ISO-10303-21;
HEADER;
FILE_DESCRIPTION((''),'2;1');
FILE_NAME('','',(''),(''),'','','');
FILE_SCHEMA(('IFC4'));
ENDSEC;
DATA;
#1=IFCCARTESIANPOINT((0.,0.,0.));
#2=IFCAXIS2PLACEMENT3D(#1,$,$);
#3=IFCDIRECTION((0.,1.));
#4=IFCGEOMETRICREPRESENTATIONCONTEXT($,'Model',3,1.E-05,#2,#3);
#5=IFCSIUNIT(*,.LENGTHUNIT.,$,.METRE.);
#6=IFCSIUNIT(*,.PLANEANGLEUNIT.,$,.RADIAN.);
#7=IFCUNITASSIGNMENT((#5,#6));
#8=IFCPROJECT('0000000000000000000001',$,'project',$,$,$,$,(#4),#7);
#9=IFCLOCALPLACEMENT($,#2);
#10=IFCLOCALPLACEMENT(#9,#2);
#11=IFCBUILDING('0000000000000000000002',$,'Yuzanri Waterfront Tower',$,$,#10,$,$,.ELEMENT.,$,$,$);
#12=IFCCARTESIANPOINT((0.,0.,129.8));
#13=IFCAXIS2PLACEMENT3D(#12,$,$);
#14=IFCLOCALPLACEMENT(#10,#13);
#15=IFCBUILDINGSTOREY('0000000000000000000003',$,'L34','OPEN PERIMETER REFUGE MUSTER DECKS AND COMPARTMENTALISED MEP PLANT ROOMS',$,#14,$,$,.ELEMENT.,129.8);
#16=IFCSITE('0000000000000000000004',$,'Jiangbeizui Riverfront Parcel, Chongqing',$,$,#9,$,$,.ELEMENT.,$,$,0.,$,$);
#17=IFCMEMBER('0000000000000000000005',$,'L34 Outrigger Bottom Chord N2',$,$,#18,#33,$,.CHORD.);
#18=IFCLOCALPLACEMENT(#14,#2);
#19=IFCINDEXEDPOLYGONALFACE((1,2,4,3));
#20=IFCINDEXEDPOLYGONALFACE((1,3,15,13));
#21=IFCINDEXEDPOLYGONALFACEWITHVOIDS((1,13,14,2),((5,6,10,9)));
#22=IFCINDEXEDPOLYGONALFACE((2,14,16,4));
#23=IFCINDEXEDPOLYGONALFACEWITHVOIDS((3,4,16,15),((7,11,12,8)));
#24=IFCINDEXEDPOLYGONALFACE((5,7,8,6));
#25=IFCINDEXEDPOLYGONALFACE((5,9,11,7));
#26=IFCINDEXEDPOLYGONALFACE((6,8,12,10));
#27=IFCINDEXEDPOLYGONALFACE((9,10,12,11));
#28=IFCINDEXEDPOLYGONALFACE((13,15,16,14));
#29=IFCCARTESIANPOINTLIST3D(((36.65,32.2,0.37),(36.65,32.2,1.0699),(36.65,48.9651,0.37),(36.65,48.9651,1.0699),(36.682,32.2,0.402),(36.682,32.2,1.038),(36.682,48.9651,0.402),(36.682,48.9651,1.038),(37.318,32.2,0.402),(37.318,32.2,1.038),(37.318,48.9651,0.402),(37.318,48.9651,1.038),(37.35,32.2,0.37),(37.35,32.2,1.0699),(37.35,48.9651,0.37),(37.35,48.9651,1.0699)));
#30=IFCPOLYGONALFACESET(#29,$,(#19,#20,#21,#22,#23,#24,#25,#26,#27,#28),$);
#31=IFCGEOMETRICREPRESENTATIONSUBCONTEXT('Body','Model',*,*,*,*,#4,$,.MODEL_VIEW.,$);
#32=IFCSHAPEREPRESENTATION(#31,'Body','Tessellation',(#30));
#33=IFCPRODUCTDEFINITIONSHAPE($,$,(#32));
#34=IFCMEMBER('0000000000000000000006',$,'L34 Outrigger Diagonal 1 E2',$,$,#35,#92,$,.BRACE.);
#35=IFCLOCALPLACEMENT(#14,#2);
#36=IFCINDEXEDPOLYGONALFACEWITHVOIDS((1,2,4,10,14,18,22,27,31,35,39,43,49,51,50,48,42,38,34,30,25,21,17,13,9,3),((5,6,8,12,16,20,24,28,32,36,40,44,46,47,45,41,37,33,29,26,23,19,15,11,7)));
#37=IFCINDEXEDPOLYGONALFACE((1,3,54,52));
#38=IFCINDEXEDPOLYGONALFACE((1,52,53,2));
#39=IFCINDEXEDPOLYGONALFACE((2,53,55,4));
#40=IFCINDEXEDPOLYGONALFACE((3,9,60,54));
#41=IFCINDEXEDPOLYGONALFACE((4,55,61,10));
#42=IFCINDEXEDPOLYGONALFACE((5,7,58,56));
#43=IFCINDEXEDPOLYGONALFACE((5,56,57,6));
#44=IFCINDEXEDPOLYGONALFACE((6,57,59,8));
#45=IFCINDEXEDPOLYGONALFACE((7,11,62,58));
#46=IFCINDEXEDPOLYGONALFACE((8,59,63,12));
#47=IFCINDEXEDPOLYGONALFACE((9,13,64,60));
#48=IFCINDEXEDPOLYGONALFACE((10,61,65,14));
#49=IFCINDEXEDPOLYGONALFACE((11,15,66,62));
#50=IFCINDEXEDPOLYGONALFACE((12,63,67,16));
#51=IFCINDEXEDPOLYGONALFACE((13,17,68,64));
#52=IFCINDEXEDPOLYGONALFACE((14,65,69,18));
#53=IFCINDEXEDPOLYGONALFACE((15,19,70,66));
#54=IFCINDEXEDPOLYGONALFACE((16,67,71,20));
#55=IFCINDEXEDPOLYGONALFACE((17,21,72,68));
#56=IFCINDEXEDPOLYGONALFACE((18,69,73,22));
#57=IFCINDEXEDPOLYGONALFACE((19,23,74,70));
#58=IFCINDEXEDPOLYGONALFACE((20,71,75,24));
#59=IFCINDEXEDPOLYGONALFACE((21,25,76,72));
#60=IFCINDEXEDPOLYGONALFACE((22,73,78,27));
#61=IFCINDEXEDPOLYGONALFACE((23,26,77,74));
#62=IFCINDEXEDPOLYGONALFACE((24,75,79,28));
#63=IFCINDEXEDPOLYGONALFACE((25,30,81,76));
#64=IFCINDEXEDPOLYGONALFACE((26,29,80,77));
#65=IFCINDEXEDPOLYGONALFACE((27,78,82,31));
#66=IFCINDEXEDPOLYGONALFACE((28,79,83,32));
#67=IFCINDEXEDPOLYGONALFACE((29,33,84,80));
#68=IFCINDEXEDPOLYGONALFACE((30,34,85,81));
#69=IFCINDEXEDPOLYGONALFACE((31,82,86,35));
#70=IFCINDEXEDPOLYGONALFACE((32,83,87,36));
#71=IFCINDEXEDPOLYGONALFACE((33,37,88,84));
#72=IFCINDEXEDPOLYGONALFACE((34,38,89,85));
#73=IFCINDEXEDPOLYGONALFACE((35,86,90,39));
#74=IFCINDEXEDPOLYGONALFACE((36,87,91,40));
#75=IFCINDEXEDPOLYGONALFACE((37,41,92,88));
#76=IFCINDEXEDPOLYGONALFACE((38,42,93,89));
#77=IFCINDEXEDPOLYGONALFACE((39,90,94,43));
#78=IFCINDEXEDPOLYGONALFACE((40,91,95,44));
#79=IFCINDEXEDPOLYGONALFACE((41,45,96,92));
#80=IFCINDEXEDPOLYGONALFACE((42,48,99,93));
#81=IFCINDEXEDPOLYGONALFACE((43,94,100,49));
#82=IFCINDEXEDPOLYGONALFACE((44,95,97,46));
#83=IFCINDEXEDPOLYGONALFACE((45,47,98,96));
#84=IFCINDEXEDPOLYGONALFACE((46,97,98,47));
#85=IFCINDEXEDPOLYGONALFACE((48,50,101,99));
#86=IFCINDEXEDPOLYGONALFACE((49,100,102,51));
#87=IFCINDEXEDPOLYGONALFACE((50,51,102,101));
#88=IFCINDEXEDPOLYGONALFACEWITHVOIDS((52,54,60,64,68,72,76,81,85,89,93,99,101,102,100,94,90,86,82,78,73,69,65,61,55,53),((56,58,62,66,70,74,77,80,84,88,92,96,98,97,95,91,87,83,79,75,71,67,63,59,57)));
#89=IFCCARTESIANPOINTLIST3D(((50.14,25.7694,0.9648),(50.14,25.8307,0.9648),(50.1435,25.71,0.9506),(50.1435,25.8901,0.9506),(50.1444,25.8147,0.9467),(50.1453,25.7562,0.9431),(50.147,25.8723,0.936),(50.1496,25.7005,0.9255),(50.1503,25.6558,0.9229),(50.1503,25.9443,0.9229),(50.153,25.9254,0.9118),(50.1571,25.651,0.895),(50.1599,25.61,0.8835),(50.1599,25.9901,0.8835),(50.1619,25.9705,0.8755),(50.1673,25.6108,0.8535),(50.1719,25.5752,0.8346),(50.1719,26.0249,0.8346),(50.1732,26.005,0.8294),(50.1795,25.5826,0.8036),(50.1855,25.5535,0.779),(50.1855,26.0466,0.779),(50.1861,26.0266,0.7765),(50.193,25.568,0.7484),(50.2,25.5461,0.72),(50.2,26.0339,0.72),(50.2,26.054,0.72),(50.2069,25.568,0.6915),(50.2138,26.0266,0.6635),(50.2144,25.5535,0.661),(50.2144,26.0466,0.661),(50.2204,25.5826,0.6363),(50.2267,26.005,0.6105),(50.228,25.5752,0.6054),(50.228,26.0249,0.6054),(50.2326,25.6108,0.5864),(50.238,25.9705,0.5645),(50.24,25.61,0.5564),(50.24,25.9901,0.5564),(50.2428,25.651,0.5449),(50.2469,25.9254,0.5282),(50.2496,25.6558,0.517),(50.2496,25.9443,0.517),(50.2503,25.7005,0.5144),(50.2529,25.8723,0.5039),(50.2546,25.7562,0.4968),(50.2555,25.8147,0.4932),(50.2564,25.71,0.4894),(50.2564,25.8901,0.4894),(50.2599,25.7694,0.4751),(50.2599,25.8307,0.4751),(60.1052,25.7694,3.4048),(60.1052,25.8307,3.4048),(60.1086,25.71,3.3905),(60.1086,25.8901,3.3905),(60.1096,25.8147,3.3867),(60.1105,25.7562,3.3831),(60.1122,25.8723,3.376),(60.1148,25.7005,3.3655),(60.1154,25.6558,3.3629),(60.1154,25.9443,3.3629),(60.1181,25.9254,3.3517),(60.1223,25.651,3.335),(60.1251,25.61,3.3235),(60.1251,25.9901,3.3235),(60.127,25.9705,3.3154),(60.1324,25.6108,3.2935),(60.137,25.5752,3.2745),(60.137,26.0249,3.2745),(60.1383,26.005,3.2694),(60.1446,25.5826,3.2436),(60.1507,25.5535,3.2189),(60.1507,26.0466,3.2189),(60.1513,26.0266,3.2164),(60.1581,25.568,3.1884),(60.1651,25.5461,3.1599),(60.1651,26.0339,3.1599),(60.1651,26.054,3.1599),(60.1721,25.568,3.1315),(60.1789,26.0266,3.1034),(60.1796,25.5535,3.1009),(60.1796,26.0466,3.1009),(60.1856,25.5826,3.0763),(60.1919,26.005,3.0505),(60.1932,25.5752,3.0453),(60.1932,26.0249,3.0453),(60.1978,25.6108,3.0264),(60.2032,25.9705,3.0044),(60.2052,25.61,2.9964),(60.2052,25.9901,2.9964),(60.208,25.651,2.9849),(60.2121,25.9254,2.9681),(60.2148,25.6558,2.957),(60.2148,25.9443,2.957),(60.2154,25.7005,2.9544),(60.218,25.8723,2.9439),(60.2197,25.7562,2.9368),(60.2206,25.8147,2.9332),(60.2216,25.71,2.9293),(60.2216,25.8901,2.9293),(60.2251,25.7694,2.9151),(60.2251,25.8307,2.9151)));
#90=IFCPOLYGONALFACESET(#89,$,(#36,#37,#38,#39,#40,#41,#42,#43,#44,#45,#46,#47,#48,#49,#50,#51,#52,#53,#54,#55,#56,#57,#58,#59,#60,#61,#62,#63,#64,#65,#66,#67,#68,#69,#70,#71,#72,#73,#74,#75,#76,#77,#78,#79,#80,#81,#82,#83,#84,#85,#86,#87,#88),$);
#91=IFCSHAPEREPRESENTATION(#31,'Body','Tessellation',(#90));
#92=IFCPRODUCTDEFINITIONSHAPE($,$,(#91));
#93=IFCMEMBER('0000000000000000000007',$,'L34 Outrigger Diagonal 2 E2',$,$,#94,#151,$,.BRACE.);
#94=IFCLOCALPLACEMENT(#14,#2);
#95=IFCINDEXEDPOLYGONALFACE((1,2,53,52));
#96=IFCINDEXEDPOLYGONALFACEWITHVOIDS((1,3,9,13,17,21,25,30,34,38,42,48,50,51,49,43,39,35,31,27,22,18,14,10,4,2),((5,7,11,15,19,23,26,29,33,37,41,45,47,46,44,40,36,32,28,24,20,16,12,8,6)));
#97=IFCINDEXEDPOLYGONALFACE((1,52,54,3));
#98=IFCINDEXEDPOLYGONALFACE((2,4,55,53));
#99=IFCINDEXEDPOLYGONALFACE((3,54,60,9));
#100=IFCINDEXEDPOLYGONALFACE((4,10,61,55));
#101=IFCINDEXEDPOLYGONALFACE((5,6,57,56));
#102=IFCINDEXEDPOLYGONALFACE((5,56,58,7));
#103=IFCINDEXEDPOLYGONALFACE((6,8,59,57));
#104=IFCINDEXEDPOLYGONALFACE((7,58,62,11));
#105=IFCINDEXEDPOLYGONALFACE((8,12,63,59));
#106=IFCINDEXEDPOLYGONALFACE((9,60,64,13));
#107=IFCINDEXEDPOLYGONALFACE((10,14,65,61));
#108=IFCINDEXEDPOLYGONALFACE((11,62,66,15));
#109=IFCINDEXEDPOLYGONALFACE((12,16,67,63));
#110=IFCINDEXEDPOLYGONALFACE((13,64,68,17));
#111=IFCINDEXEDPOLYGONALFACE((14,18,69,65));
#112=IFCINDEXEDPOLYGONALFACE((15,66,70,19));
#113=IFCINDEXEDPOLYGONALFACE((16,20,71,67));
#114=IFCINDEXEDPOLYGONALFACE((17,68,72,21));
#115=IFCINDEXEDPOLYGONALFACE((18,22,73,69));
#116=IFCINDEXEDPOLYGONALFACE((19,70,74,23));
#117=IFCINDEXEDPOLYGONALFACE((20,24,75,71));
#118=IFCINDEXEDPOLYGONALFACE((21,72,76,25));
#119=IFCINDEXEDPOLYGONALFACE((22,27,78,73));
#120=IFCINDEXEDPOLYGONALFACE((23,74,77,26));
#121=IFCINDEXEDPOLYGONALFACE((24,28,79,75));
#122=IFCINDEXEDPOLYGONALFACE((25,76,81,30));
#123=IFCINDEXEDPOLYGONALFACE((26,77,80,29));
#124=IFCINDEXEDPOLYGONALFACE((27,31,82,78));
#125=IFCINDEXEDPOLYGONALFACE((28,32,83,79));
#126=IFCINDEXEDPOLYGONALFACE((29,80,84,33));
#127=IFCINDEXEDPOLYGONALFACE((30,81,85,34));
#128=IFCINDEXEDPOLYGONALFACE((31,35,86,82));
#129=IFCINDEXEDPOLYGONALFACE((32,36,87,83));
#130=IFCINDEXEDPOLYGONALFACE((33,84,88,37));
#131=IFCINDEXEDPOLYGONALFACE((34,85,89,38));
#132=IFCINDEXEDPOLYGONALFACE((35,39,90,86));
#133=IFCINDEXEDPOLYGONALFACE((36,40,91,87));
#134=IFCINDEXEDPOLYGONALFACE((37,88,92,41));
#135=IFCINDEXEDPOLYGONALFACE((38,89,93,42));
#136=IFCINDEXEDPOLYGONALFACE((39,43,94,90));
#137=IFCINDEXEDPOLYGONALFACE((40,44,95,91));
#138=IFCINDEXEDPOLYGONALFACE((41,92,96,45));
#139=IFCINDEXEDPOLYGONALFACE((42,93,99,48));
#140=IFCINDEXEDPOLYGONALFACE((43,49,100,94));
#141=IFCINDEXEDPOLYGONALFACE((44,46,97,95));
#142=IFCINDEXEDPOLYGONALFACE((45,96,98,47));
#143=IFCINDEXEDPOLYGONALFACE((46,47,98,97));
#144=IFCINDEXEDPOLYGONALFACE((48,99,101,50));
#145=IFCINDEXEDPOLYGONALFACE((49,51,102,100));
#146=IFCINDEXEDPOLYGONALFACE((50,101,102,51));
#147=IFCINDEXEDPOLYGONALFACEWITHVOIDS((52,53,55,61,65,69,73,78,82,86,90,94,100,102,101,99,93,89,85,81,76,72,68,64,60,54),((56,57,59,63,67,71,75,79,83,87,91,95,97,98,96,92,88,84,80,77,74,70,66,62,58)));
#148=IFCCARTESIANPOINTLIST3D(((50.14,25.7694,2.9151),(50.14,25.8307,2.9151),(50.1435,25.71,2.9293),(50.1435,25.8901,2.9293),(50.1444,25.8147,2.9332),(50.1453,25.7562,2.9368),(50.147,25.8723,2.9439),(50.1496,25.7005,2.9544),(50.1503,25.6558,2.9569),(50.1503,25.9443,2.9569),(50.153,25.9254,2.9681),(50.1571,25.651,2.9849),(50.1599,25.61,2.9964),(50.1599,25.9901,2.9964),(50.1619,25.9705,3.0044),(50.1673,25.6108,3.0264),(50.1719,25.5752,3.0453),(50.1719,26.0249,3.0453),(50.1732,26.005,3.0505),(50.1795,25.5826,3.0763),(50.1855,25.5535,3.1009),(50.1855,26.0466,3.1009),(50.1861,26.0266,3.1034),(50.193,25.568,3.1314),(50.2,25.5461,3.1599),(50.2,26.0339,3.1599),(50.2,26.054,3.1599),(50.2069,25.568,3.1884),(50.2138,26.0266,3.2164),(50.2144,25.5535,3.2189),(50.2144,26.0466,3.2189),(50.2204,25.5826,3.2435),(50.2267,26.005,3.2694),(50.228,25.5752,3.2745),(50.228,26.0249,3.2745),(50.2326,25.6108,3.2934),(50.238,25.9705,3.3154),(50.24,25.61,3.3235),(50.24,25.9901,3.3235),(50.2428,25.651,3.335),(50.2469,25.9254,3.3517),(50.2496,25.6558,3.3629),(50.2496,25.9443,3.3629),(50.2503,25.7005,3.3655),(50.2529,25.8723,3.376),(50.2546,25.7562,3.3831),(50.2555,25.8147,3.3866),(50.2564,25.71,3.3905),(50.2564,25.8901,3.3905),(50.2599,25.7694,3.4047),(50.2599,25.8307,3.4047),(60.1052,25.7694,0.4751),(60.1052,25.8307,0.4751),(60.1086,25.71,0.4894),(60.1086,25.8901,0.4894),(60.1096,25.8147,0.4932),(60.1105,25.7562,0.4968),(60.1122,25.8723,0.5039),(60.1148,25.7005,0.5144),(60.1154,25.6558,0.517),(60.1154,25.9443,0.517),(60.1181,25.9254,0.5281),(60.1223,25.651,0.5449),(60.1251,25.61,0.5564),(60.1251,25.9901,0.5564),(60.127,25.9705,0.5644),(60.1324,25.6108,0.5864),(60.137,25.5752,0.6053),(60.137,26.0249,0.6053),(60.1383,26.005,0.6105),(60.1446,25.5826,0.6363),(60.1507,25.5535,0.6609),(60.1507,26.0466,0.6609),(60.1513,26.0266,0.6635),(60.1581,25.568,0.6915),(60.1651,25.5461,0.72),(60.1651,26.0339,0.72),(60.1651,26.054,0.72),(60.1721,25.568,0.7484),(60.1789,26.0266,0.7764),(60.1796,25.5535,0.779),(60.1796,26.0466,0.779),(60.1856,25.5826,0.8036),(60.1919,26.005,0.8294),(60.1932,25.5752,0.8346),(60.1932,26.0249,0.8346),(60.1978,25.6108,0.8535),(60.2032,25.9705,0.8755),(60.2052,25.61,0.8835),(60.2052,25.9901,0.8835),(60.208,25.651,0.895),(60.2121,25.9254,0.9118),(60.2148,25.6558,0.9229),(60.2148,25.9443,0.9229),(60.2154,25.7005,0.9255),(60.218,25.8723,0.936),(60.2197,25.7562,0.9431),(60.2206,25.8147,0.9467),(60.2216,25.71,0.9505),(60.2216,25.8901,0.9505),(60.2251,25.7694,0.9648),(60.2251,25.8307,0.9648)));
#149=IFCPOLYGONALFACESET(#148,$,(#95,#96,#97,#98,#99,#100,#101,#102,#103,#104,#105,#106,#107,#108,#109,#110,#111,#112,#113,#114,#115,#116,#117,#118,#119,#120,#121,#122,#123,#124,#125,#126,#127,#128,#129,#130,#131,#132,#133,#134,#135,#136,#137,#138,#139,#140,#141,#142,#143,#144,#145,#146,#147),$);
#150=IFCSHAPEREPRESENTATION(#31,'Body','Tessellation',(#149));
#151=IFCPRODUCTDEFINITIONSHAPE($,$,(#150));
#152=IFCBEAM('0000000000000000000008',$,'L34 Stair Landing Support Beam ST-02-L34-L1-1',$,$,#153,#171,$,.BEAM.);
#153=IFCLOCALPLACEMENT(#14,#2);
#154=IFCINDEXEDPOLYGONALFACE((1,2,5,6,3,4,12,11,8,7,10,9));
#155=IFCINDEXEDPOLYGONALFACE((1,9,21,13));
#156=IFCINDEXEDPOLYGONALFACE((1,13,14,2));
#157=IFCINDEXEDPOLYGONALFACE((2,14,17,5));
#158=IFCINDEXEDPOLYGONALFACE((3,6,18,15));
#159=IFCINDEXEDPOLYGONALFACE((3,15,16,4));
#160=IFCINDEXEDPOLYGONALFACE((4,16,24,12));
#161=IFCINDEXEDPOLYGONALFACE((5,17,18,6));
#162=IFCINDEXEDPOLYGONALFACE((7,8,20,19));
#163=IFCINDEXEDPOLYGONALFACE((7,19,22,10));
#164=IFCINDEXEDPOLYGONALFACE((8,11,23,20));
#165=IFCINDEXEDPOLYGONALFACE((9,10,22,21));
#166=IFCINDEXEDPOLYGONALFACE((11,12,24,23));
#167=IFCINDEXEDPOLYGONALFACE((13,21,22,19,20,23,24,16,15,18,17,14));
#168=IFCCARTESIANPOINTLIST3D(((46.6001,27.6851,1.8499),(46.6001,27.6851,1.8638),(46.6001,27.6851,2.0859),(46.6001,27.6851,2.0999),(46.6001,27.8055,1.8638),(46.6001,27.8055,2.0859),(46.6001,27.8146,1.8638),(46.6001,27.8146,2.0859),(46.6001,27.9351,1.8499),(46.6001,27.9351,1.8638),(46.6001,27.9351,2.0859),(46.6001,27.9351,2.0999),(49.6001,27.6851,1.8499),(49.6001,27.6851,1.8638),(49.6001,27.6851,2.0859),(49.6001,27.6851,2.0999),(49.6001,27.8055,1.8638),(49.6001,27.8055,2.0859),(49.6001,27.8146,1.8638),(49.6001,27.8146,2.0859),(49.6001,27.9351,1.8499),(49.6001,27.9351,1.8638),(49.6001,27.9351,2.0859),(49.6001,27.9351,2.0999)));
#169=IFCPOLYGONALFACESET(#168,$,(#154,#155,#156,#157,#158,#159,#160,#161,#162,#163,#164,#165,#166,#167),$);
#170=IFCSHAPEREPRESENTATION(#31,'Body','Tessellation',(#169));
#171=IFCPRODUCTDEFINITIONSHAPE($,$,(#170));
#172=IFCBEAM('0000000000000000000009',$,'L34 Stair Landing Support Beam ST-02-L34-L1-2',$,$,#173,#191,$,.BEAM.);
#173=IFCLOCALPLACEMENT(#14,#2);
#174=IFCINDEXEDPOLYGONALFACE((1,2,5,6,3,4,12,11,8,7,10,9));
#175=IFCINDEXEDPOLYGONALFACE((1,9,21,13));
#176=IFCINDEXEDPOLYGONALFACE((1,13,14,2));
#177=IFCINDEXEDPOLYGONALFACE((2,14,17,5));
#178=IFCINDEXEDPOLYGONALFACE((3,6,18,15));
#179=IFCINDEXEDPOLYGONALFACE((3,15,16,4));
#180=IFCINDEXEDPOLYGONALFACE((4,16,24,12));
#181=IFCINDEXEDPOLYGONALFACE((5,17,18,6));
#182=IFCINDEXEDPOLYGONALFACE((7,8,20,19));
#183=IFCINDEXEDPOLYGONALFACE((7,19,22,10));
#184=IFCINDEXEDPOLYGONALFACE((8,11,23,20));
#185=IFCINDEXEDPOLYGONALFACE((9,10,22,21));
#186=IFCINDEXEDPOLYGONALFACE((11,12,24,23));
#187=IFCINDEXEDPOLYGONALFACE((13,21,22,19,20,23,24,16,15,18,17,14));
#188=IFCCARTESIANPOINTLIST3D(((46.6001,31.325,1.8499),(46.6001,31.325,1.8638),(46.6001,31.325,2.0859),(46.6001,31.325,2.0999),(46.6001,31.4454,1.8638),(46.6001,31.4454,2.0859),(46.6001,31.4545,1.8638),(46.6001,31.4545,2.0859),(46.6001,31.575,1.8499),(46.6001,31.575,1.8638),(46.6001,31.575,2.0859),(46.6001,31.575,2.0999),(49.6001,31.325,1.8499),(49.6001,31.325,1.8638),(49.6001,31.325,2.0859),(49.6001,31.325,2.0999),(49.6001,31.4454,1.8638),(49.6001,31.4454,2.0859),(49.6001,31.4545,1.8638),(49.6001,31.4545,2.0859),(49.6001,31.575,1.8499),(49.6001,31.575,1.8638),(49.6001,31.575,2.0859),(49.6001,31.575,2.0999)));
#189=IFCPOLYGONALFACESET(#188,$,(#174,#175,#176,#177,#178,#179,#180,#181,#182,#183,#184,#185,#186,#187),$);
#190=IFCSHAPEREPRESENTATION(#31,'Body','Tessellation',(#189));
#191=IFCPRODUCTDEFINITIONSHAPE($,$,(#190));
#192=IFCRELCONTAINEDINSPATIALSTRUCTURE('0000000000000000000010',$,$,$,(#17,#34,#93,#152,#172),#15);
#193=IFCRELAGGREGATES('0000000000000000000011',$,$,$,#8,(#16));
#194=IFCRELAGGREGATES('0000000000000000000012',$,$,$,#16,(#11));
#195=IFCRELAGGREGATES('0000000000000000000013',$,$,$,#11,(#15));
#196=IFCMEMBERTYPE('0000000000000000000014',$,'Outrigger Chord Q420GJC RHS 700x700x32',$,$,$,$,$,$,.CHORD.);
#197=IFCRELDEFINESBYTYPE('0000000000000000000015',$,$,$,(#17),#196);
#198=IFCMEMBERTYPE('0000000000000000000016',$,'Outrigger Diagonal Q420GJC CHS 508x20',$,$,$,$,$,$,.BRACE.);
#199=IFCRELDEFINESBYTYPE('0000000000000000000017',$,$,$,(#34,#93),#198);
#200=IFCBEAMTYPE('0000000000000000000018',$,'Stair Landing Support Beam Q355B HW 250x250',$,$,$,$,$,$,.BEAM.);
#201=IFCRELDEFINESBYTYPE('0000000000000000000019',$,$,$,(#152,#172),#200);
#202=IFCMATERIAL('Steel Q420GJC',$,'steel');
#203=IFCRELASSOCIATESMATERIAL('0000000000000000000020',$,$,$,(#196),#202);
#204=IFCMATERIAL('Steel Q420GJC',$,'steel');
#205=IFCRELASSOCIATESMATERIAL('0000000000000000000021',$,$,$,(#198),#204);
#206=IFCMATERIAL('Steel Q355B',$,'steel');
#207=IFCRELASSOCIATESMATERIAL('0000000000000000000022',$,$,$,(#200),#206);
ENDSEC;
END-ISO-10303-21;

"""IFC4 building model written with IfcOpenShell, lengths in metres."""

from ifc_helpers import new_model, si_unit, direction, frame, origin, origin_2d, place, context, subcontext, project, spatial, hollow_rectangle, hollow_circle, i_section, extrude, source, transform, mapped, material, material_profile, profile_set, type_object, element, save


model = new_model("IFC4")

# Units and contexts
model_context = context("Model", 3, precision=1e-05, world=origin(), true_north=direction((0.0, 1.0)))
body_context = subcontext(model_context, "Body", "Model", "MODEL_VIEW")
ifc_project = project(units=[si_unit("LENGTHUNIT", "METRE"), si_unit("PLANEANGLEUNIT", "RADIAN")], contexts=[model_context])

# Site, building, storey
site_placement = place(None, origin())
site = spatial("IfcSite", under=ifc_project, at=site_placement, Name="Jiangbeizui Riverfront Parcel, Chongqing", CompositionType="ELEMENT", RefElevation=0.0)
building_placement = place(site_placement, origin())
building = spatial("IfcBuilding", under=site, at=building_placement, Name="Yuzanri Waterfront Tower", CompositionType="ELEMENT")
storey_placement = place(building_placement, frame((0.0, 0.0, 129.8)))
storey = spatial("IfcBuildingStorey", under=building, at=storey_placement, Name="L34", Description="OPEN PERIMETER REFUGE MUSTER DECKS AND COMPARTMENTALISED MEP PLANT ROOMS", CompositionType="ELEMENT", Elevation=129.8)

# Members
ifc_material_1 = material(Name="Steel Q420GJC", Category="steel")
ifc_material_profile_1 = material_profile(ifc_material_1, hollow_rectangle(XDim=0.7, YDim=0.7, WallThickness=0.032, at=origin_2d()), Name="RHS 700x700x32")
ifc_profile_set_1 = profile_set([ifc_material_profile_1], Name="Steel Q420GJC")
member_type_1 = type_object("IfcMemberType", Name="Outrigger Chord Q420GJC RHS 700x700x32", PredefinedType="CHORD", material=ifc_profile_set_1)
shared_shape_1 = source(origin(), body_context, "Body", "SweptSolid", [
    extrude(hollow_rectangle(XDim=0.7, YDim=0.7, WallThickness=0.032, at=origin_2d()), origin(), (0.0, 0.0, 1.0), 16.7651),
])
member_placement = place(storey_placement, frame((37.0, 32.2, 0.72), z_axis=(0.0, 1.0, 0.0), x_axis=(-1.0, 0.0, 0.0)))
element("IfcMember", 1, at=member_placement, inside=storey, type_object=member_type_1, Name="L34 Outrigger Bottom Chord N2", PredefinedType="CHORD", context=body_context, shape_type="MappedRepresentation", body=[
    mapped(shared_shape_1, transform((0.0, 0.0, 0.0), scale=1.0)),
])
ifc_material_2 = material(Name="Steel Q420GJC", Category="steel")
ifc_material_profile_2 = material_profile(ifc_material_2, hollow_circle(Radius=0.2539, WallThickness=0.02, at=origin_2d()), Name="CHS 508x20")
ifc_profile_set_2 = profile_set([ifc_material_profile_2], Name="Steel Q420GJC")
member_type_2 = type_object("IfcMemberType", Name="Outrigger Diagonal Q420GJC CHS 508x20", PredefinedType="BRACE", material=ifc_profile_set_2)
shared_shape_2 = source(origin(), body_context, "Body", "SweptSolid", [
    extrude(hollow_circle(Radius=0.2539, WallThickness=0.02, at=origin_2d()), origin(), (0.0, 0.0, 1.0), 10.2595),
])
for number, where, z_axis, x_axis, name in (
    (2, (50.2, 25.8, 0.72), (0.971308, 0.0, 0.237824), (0.0, 1.0, 0.0), "L34 Outrigger Diagonal 1 E2"),
    (3, (50.2, 25.8, 3.1599), (0.971308, 0.0, -0.237824), (0.0, 1.0, 0.0), "L34 Outrigger Diagonal 2 E2"),
):
    element("IfcMember", number, at=place(storey_placement, frame(where, z_axis=z_axis, x_axis=x_axis)), inside=storey, type_object=member_type_2, Name=name, PredefinedType="BRACE", context=body_context, shape_type="MappedRepresentation", body=[
        mapped(shared_shape_2, transform((0.0, 0.0, 0.0), scale=1.0)),
    ])

# Beams
ifc_material_3 = material(Name="Steel Q355B", Category="steel")
ifc_material_profile_3 = material_profile(ifc_material_3, i_section(OverallWidth=0.25, OverallDepth=0.25, WebThickness=0.009, FlangeThickness=0.0139, at=origin_2d()), Name="HW 250x250x9x14")
ifc_profile_set_3 = profile_set([ifc_material_profile_3], Name="Steel Q355B")
beam_type = type_object("IfcBeamType", Name="Stair Landing Support Beam Q355B HW 250x250", PredefinedType="BEAM", material=ifc_profile_set_3)
shared_shape_3 = source(origin(), body_context, "Body", "SweptSolid", [
    extrude(i_section(OverallWidth=0.25, OverallDepth=0.25, WebThickness=0.009, FlangeThickness=0.0139, at=origin_2d()), origin(), (0.0, 0.0, 1.0), 3.0),
])
for number, where, z_axis, x_axis, name in (
    (4, (46.6001, 27.8101, 1.9749), (1.0, 0.0, 0.0), (0.0, 1.0, 0.0), "L34 Stair Landing Support Beam ST-02-L34-L1-1"),
    (5, (46.6001, 31.45, 1.9749), (1.0, 0.0, 0.0), (0.0, 1.0, 0.0), "L34 Stair Landing Support Beam ST-02-L34-L1-2"),
):
    element("IfcBeam", number, at=place(storey_placement, frame(where, z_axis=z_axis, x_axis=x_axis)), inside=storey, type_object=beam_type, Name=name, PredefinedType="BEAM", context=body_context, shape_type="MappedRepresentation", body=[
        mapped(shared_shape_3, transform((0.0, 0.0, 0.0), scale=1.0)),
    ])

save(model, "model.ifc")
